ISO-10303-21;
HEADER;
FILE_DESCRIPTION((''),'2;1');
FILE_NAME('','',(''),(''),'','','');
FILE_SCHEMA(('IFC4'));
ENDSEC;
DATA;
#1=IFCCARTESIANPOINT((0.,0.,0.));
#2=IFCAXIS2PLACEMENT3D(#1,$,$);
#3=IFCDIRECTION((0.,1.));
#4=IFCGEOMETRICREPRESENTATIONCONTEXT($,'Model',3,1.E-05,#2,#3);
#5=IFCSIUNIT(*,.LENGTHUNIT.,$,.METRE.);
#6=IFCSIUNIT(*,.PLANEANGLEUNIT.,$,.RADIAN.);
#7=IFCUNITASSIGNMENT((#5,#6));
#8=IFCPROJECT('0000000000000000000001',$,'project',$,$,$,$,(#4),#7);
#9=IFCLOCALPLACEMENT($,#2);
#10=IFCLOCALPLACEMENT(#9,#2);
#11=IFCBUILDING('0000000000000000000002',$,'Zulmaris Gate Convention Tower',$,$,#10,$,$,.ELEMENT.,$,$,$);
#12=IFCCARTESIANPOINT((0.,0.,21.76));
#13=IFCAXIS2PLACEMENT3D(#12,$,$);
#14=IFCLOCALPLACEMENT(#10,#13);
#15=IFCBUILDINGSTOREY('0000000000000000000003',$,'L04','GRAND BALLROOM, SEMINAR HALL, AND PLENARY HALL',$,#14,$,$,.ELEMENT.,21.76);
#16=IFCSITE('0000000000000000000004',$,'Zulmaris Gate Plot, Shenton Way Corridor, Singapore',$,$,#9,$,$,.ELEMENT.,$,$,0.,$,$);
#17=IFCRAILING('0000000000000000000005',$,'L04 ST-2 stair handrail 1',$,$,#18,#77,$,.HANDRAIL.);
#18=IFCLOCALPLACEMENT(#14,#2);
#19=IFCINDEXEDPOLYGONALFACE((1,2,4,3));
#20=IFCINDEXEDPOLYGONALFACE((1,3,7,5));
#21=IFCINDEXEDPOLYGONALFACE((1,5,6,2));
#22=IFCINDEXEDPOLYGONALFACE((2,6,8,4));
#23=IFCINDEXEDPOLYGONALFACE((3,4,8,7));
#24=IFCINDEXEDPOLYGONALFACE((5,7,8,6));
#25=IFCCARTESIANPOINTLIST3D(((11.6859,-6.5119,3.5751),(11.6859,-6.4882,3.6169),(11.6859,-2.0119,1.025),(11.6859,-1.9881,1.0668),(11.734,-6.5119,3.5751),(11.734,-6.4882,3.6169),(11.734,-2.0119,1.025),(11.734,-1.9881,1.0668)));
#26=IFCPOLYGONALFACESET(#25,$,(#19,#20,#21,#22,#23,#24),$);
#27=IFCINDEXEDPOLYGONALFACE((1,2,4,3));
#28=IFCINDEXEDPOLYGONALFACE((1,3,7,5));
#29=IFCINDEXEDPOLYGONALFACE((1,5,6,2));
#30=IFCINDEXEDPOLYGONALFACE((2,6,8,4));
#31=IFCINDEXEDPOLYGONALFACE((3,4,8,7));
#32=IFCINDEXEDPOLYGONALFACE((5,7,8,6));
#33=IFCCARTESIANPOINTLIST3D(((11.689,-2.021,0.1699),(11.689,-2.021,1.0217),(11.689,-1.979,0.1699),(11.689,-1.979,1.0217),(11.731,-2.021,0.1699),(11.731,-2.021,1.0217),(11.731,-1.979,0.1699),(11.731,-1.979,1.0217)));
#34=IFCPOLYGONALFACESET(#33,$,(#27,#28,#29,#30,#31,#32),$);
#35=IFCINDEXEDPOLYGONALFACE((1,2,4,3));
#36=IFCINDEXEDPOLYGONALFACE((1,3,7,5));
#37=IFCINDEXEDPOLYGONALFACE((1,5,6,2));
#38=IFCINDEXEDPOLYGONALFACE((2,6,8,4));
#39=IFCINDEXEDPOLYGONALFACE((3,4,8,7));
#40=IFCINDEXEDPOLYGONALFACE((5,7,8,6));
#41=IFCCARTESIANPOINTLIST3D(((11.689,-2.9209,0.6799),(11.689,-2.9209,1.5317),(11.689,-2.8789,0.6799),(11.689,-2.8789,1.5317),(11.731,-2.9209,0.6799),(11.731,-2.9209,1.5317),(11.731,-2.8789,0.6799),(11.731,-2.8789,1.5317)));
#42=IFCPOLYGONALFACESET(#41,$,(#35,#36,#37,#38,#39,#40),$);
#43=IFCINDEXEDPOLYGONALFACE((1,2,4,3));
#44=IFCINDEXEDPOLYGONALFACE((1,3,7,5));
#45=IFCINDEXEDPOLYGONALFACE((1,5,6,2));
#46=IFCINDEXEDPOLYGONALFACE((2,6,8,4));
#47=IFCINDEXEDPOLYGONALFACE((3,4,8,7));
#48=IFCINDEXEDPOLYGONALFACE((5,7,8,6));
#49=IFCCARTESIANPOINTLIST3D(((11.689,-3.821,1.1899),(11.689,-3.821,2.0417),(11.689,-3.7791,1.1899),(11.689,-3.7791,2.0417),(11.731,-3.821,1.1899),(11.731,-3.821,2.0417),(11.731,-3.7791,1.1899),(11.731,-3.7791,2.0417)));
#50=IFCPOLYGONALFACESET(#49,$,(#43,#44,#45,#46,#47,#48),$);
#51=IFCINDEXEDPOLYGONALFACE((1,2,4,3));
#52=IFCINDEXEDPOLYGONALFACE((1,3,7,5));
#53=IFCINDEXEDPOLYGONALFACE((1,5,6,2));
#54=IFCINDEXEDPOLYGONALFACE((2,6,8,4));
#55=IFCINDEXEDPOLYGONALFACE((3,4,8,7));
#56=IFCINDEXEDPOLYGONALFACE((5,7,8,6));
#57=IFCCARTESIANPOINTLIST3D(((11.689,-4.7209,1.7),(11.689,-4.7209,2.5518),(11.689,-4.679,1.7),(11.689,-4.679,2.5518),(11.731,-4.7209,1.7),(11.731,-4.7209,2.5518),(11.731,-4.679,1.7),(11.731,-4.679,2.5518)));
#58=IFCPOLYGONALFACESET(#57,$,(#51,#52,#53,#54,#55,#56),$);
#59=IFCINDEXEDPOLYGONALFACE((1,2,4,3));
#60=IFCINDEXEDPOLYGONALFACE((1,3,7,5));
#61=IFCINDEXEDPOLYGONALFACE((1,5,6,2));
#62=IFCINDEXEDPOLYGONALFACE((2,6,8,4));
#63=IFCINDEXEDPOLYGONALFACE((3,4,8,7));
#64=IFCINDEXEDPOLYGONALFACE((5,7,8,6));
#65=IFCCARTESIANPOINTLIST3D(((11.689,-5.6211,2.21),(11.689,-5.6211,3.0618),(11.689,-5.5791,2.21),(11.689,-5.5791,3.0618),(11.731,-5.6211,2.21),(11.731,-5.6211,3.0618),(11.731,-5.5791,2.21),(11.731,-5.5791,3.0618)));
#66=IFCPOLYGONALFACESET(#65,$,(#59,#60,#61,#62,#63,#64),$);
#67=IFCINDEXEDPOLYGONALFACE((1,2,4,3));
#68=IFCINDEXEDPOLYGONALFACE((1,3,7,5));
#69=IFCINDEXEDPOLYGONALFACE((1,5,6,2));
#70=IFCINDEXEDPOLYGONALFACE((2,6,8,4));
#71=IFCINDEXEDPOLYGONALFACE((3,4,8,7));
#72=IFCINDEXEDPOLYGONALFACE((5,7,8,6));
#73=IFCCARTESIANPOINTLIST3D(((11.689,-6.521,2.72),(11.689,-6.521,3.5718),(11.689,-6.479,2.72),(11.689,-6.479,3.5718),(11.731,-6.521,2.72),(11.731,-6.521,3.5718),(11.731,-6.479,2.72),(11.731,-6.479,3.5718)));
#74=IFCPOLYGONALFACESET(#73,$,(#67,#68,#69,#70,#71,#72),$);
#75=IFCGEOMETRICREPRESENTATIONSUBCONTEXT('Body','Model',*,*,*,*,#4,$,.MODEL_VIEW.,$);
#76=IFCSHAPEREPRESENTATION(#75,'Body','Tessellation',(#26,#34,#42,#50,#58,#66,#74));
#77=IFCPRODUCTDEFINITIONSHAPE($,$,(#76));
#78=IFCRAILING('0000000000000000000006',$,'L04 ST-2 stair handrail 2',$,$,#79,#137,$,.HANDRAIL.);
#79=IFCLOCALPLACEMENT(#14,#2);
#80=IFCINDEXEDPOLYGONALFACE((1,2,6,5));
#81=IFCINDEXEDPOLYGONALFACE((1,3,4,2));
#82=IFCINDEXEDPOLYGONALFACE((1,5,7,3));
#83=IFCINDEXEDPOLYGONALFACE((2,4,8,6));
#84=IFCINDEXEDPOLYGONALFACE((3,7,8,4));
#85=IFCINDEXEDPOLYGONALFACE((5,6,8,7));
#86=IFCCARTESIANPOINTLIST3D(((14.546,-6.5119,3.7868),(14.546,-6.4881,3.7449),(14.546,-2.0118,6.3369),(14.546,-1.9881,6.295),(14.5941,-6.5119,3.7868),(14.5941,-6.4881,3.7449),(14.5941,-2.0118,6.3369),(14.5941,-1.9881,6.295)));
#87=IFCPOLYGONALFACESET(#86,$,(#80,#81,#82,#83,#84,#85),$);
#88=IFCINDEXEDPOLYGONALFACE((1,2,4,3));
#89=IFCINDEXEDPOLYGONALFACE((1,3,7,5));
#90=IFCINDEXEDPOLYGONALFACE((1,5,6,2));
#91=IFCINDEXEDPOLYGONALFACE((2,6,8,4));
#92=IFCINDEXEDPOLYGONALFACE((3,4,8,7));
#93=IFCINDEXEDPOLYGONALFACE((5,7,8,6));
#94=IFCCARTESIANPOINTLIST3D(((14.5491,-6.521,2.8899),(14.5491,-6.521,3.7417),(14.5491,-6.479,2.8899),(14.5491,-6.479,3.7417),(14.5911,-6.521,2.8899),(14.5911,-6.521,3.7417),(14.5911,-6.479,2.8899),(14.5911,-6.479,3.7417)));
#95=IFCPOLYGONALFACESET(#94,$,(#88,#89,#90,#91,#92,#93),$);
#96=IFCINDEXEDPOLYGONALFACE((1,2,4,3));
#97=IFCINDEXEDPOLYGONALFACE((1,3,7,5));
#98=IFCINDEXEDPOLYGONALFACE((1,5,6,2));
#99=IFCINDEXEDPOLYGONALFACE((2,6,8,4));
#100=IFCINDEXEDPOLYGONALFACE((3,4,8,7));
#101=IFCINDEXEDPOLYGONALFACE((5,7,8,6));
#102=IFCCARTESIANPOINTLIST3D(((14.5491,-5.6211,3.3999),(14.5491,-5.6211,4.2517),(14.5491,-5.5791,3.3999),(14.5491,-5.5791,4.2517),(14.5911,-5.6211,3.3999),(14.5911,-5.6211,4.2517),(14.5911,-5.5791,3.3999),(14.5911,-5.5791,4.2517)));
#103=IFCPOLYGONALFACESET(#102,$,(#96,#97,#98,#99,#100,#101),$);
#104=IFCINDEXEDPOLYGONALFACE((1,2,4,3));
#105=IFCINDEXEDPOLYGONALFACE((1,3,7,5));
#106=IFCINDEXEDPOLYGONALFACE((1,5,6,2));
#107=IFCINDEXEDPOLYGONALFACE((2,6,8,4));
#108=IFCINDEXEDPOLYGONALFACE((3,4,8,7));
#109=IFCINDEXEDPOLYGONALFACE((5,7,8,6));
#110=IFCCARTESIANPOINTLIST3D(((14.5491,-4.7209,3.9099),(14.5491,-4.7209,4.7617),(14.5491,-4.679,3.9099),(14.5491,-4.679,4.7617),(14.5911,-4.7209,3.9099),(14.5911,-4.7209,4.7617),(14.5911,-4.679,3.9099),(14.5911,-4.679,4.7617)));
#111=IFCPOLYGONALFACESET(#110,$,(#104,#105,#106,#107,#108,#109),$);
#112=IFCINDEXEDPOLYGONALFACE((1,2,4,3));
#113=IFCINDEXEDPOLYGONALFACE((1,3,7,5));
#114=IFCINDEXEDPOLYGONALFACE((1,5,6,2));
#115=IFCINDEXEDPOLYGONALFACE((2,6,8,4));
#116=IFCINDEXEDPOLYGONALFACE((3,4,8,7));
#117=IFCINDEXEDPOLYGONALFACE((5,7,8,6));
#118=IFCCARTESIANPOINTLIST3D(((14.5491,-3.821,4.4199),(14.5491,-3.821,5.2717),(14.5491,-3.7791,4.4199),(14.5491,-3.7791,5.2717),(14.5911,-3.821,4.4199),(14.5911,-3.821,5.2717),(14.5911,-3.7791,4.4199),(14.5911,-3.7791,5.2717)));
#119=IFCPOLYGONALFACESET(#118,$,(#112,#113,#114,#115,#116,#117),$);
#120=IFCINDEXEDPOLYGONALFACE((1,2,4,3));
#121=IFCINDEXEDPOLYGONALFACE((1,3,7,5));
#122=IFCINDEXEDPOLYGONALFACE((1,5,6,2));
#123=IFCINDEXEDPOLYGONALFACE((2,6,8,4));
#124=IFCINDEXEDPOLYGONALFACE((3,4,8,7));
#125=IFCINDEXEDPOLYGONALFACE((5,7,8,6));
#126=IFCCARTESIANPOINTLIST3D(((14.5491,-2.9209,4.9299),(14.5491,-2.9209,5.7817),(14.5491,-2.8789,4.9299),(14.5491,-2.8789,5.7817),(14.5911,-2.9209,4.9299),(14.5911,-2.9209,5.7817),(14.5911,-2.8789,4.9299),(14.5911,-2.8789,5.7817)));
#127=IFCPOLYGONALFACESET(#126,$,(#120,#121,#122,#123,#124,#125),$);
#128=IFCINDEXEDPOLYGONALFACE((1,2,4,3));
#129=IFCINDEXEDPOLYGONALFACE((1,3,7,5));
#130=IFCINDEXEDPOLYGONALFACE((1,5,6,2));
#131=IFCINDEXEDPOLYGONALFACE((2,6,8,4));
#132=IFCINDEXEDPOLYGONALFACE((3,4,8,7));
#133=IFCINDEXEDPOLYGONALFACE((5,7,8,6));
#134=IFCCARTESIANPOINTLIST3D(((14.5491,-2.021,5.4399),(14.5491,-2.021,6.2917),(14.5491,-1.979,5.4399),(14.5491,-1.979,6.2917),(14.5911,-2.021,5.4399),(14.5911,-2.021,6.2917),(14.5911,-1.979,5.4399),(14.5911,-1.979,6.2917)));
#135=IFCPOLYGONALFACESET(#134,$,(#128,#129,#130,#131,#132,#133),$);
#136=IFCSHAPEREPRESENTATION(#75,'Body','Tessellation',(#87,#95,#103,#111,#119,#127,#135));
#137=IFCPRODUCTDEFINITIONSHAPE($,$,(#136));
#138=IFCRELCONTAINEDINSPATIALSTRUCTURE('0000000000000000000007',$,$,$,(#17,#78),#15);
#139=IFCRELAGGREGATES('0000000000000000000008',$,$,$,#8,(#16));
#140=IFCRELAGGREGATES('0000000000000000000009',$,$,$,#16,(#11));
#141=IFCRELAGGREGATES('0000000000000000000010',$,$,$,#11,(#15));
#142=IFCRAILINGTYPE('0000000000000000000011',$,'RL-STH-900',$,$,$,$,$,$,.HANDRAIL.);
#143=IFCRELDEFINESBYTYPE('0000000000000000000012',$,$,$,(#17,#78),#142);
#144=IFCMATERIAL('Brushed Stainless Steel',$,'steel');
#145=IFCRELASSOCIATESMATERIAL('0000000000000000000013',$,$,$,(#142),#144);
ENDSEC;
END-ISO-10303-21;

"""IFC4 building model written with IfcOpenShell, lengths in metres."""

from ifc_helpers import new_model, si_unit, direction, frame, origin, origin_2d, place, context, subcontext, project, spatial, rectangle, extrude, material, type_object, element, save


model = new_model("IFC4")

# Units and contexts
model_context = context("Model", 3, precision=1e-05, world=origin(), true_north=direction((0.0, 1.0)))
body_context = subcontext(model_context, "Body", "Model", "MODEL_VIEW")
ifc_project = project(units=[si_unit("LENGTHUNIT", "METRE"), si_unit("PLANEANGLEUNIT", "RADIAN")], contexts=[model_context])

# Site, building, storey
site_placement = place(None, origin())
site = spatial("IfcSite", under=ifc_project, at=site_placement, Name="Zulmaris Gate Plot, Shenton Way Corridor, Singapore", CompositionType="ELEMENT", RefElevation=0.0)
building_placement = place(site_placement, origin())
building = spatial("IfcBuilding", under=site, at=building_placement, Name="Zulmaris Gate Convention Tower", CompositionType="ELEMENT")
storey_placement = place(building_placement, frame((0.0, 0.0, 21.76)))
storey = spatial("IfcBuildingStorey", under=building, at=storey_placement, Name="L04", Description="GRAND BALLROOM, SEMINAR HALL, AND PLENARY HALL", CompositionType="ELEMENT", Elevation=21.76)

# Railings
ifc_material_1 = material(Name="Brushed Stainless Steel", Category="steel")
railing_type_1 = type_object("IfcRailingType", Name="RL-STH-900", PredefinedType="HANDRAIL", material=ifc_material_1)
railing_1_placement = place(storey_placement, frame((11.71, -2.0, 0.1699)))
element("IfcRailing", 1, at=railing_1_placement, inside=storey, type_object=railing_type_1, Name="L04 ST-2 stair handrail 1", PredefinedType="HANDRAIL", context=body_context, shape_type="SweptSolid", body=[
    extrude(rectangle(XDim=0.0481, YDim=0.0481, at=origin_2d()), frame((0.0, 0.0, 0.876), z_axis=(0.0, -0.870018, 0.49302), x_axis=(1.0, 0.0, 0.0)), (0.0, 0.0, 1.0), 5.1724),
    extrude(rectangle(XDim=0.042, YDim=0.042, at=origin_2d()), origin(), (0.0, 0.0, 1.0), 0.8518),
    extrude(rectangle(XDim=0.042, YDim=0.042, at=origin_2d()), frame((0.0, -0.8999, 0.51)), (0.0, 0.0, 1.0), 0.8518),
    extrude(rectangle(XDim=0.042, YDim=0.042, at=origin_2d()), frame((0.0, -1.8, 1.02)), (0.0, 0.0, 1.0), 0.8518),
    extrude(rectangle(XDim=0.042, YDim=0.042, at=origin_2d()), frame((0.0, -2.7, 1.53)), (0.0, 0.0, 1.0), 0.8518),
    extrude(rectangle(XDim=0.042, YDim=0.042, at=origin_2d()), frame((0.0, -3.6001, 2.04)), (0.0, 0.0, 1.0), 0.8518),
    extrude(rectangle(XDim=0.042, YDim=0.042, at=origin_2d()), frame((0.0, -4.5, 2.55)), (0.0, 0.0, 1.0), 0.8518),
])
railing_2_placement = place(storey_placement, frame((14.5701, -6.5, 2.8899)))
element("IfcRailing", 2, at=railing_2_placement, inside=storey, type_object=railing_type_1, Name="L04 ST-2 stair handrail 2", PredefinedType="HANDRAIL", context=body_context, shape_type="SweptSolid", body=[
    extrude(rectangle(XDim=0.0481, YDim=0.0481, at=origin_2d()), frame((0.0, 0.0, 0.876), z_axis=(0.0, 0.870018, 0.49302), x_axis=(-1.0, 0.0, 0.0)), (0.0, 0.0, 1.0), 5.1724),
    extrude(rectangle(XDim=0.042, YDim=0.042, at=origin_2d()), origin(), (0.0, 0.0, 1.0), 0.8518),
    extrude(rectangle(XDim=0.042, YDim=0.042, at=origin_2d()), frame((0.0, 0.8999, 0.51)), (0.0, 0.0, 1.0), 0.8518),
    extrude(rectangle(XDim=0.042, YDim=0.042, at=origin_2d()), frame((0.0, 1.8, 1.02)), (0.0, 0.0, 1.0), 0.8518),
    extrude(rectangle(XDim=0.042, YDim=0.042, at=origin_2d()), frame((0.0, 2.7, 1.53)), (0.0, 0.0, 1.0), 0.8518),
    extrude(rectangle(XDim=0.042, YDim=0.042, at=origin_2d()), frame((0.0, 3.6001, 2.04)), (0.0, 0.0, 1.0), 0.8518),
    extrude(rectangle(XDim=0.042, YDim=0.042, at=origin_2d()), frame((0.0, 4.5, 2.55)), (0.0, 0.0, 1.0), 0.8518),
])

save(model, "model.ifc")
